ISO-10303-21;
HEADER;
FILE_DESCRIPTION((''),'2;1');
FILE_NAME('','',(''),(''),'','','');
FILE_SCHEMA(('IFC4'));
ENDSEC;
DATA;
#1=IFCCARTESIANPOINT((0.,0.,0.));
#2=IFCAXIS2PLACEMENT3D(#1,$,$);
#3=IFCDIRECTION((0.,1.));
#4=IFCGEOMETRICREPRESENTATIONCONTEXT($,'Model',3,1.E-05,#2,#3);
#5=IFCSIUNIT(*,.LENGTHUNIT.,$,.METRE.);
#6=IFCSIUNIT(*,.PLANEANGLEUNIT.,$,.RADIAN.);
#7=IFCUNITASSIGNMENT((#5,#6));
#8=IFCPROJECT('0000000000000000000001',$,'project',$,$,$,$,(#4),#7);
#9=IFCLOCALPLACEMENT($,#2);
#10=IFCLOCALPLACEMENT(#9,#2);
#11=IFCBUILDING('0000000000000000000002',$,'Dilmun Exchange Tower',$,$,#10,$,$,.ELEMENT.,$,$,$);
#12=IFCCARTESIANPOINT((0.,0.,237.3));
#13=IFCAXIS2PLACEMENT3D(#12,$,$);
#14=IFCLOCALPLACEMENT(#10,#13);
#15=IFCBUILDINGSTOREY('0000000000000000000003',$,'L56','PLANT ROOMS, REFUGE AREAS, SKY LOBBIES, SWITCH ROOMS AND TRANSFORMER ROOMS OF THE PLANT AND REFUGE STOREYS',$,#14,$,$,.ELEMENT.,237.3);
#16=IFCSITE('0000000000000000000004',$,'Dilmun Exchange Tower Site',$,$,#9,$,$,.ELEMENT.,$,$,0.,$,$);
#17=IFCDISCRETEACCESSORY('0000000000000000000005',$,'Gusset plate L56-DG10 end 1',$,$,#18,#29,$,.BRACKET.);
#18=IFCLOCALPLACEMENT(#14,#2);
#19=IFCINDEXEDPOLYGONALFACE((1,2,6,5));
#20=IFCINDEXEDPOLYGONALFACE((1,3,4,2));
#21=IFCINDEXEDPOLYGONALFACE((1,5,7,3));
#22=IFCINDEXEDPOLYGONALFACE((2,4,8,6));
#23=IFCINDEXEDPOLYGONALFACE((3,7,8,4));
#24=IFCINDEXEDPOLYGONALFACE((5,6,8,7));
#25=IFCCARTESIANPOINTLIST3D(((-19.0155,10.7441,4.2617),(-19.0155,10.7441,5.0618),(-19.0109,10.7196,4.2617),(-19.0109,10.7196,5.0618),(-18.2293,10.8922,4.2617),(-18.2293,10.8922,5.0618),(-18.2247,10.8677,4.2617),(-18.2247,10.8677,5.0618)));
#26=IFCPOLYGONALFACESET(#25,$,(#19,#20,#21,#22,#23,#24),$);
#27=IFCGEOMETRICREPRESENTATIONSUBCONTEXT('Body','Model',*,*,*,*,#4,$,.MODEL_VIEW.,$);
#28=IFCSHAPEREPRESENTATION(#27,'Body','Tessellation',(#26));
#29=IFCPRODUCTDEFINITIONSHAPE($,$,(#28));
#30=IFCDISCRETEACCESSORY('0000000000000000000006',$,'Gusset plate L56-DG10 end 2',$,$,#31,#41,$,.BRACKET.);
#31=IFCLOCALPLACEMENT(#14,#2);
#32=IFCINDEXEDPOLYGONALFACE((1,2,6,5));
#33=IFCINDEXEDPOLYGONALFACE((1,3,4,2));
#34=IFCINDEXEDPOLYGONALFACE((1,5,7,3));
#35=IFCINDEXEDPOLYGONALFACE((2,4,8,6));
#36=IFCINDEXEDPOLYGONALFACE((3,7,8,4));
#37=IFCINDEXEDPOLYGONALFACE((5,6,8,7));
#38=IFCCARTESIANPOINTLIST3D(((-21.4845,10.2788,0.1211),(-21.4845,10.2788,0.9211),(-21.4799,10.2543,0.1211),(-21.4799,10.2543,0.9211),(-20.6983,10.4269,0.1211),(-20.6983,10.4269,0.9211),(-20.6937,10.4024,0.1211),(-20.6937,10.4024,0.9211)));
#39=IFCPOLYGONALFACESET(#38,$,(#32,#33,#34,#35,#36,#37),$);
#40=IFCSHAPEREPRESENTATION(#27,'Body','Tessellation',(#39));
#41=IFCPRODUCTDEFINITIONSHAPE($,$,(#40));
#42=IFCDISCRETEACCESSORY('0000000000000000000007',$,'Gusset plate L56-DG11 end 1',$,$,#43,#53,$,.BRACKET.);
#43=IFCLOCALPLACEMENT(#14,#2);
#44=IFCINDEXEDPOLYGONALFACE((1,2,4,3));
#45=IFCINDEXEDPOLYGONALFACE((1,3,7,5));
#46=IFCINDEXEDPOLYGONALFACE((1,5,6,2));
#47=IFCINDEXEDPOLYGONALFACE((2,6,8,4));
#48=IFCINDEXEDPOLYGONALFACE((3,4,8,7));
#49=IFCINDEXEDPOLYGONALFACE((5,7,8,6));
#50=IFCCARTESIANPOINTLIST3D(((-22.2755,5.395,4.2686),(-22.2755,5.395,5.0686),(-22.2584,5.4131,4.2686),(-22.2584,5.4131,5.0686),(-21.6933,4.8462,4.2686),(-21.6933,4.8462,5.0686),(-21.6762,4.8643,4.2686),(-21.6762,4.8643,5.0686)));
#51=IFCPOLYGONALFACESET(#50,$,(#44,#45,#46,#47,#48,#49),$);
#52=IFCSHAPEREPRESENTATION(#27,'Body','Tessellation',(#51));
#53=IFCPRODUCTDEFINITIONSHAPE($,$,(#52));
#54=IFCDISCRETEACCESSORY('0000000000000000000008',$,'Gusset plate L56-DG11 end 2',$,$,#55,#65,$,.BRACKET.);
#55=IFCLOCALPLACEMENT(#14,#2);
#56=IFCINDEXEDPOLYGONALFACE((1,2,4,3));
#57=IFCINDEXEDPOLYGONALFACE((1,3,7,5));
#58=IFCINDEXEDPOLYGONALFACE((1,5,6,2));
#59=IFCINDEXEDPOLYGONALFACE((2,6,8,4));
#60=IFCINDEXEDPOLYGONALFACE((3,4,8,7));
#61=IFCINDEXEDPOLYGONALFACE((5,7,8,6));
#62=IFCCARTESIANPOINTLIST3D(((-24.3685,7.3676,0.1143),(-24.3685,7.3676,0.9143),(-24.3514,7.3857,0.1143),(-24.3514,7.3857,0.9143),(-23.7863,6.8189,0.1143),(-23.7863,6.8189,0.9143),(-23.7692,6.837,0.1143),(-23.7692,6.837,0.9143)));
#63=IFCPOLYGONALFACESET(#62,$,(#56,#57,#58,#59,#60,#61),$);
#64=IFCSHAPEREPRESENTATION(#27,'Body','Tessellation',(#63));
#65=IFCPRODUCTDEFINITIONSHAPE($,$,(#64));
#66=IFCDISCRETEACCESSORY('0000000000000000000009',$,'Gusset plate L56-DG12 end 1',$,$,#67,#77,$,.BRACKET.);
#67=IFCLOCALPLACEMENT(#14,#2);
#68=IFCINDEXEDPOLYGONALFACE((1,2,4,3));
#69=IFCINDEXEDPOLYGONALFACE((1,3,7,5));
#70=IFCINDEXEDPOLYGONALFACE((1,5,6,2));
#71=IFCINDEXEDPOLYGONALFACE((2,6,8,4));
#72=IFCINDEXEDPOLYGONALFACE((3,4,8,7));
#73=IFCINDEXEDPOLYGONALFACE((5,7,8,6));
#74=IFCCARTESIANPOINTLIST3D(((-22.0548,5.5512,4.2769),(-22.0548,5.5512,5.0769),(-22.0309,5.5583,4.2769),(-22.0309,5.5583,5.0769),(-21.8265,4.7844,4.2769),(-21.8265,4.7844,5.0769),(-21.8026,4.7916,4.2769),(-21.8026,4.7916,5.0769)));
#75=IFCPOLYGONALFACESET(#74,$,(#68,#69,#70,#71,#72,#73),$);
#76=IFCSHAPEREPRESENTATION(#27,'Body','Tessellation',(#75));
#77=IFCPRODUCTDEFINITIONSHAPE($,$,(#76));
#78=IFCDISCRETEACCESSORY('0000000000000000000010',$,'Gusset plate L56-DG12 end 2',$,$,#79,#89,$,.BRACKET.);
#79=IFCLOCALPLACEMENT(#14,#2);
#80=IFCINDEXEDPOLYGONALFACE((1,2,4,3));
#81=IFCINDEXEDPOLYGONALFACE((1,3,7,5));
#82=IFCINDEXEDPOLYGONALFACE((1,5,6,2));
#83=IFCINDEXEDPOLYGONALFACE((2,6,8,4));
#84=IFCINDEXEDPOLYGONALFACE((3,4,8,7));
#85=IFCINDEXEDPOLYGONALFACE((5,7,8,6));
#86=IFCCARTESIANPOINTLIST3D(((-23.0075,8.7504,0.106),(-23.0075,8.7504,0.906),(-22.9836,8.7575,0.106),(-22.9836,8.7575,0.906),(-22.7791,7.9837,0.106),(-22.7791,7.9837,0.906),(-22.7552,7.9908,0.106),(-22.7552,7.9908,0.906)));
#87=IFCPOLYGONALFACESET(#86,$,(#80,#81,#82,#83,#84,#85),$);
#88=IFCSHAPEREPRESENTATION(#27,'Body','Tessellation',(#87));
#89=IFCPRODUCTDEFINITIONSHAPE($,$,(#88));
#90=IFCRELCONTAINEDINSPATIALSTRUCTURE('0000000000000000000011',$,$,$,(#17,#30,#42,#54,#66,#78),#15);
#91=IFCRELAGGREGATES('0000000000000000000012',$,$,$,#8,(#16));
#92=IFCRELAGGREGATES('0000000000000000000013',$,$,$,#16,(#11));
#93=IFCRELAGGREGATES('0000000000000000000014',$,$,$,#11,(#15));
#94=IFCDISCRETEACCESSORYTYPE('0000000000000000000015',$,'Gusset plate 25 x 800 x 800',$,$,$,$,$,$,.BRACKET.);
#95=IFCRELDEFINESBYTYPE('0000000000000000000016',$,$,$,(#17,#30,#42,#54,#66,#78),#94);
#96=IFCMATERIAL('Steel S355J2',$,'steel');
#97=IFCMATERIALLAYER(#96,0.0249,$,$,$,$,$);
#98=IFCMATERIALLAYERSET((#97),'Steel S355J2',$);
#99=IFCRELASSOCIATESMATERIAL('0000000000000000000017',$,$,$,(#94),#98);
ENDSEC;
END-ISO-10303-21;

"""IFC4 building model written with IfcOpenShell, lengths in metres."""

from ifc_helpers import new_model, si_unit, direction, frame, origin, origin_2d, place, context, subcontext, project, spatial, rectangle, extrude, material, layer, layer_set, type_object, element, save


model = new_model("IFC4")

# Units and contexts
model_context = context("Model", 3, precision=1e-05, world=origin(), true_north=direction((0.0, 1.0)))
body_context = subcontext(model_context, "Body", "Model", "MODEL_VIEW")
ifc_project = project(units=[si_unit("LENGTHUNIT", "METRE"), si_unit("PLANEANGLEUNIT", "RADIAN")], contexts=[model_context])

# Site, building, storey
site_placement = place(None, origin())
site = spatial("IfcSite", under=ifc_project, at=site_placement, Name="Dilmun Exchange Tower Site", CompositionType="ELEMENT", RefElevation=0.0)
building_placement = place(site_placement, origin())
building = spatial("IfcBuilding", under=site, at=building_placement, Name="Dilmun Exchange Tower", CompositionType="ELEMENT")
storey_placement = place(building_placement, frame((0.0, 0.0, 237.3)))
storey = spatial("IfcBuildingStorey", under=building, at=storey_placement, Name="L56", Description="PLANT ROOMS, REFUGE AREAS, SKY LOBBIES, SWITCH ROOMS AND TRANSFORMER ROOMS OF THE PLANT AND REFUGE STOREYS", CompositionType="ELEMENT", Elevation=237.3)

# Discrete accessories
ifc_material_1 = material(Name="Steel S355J2", Category="steel")
ifc_layer_1 = layer(ifc_material_1, 0.0249)
ifc_layer_set_1 = layer_set([ifc_layer_1], Name="Steel S355J2")
discrete_accessory_type = type_object("IfcDiscreteAccessoryType", Name="Gusset plate 25 x 800 x 800", PredefinedType="BRACKET", material=ifc_layer_set_1)
for number, where, z_axis, x_axis, name in (
    (1, (-18.6201, 10.8059, 4.2617), (0.0, 0.0, 1.0), (-0.982712, -0.185138, 0.0), "Gusset plate L56-DG10 end 1"),
    (2, (-21.0891, 10.3406, 0.1211), (0.0, 0.0, 1.0), (-0.982712, -0.185138, 0.0), "Gusset plate L56-DG10 end 2"),
    (3, (-21.9758, 5.1296, 4.2686), (0.0, 0.0, 1.0), (-0.727691, 0.685905, 0.0), "Gusset plate L56-DG11 end 1"),
    (4, (-24.0688, 7.1023, 0.1143), (0.0, 0.0, 1.0), (-0.727691, 0.685905, 0.0), "Gusset plate L56-DG11 end 2"),
    (5, (-21.9287, 5.1714, 4.2769), (0.0, 0.0, 1.0), (-0.285412, 0.958405, 0.0), "Gusset plate L56-DG12 end 1"),
    (6, (-22.8813, 8.3706, 0.106), (0.0, 0.0, 1.0), (-0.285412, 0.958405, 0.0), "Gusset plate L56-DG12 end 2"),
):
    element("IfcDiscreteAccessory", number, at=place(storey_placement, frame(where, z_axis=z_axis, x_axis=x_axis)), inside=storey, type_object=discrete_accessory_type, Name=name, PredefinedType="BRACKET", context=body_context, shape_type="SweptSolid", body=[
        extrude(rectangle(XDim=0.8, YDim=0.0249, at=origin_2d()), origin(), (0.0, 0.0, 1.0), 0.8),
    ])

save(model, "model.ifc")
